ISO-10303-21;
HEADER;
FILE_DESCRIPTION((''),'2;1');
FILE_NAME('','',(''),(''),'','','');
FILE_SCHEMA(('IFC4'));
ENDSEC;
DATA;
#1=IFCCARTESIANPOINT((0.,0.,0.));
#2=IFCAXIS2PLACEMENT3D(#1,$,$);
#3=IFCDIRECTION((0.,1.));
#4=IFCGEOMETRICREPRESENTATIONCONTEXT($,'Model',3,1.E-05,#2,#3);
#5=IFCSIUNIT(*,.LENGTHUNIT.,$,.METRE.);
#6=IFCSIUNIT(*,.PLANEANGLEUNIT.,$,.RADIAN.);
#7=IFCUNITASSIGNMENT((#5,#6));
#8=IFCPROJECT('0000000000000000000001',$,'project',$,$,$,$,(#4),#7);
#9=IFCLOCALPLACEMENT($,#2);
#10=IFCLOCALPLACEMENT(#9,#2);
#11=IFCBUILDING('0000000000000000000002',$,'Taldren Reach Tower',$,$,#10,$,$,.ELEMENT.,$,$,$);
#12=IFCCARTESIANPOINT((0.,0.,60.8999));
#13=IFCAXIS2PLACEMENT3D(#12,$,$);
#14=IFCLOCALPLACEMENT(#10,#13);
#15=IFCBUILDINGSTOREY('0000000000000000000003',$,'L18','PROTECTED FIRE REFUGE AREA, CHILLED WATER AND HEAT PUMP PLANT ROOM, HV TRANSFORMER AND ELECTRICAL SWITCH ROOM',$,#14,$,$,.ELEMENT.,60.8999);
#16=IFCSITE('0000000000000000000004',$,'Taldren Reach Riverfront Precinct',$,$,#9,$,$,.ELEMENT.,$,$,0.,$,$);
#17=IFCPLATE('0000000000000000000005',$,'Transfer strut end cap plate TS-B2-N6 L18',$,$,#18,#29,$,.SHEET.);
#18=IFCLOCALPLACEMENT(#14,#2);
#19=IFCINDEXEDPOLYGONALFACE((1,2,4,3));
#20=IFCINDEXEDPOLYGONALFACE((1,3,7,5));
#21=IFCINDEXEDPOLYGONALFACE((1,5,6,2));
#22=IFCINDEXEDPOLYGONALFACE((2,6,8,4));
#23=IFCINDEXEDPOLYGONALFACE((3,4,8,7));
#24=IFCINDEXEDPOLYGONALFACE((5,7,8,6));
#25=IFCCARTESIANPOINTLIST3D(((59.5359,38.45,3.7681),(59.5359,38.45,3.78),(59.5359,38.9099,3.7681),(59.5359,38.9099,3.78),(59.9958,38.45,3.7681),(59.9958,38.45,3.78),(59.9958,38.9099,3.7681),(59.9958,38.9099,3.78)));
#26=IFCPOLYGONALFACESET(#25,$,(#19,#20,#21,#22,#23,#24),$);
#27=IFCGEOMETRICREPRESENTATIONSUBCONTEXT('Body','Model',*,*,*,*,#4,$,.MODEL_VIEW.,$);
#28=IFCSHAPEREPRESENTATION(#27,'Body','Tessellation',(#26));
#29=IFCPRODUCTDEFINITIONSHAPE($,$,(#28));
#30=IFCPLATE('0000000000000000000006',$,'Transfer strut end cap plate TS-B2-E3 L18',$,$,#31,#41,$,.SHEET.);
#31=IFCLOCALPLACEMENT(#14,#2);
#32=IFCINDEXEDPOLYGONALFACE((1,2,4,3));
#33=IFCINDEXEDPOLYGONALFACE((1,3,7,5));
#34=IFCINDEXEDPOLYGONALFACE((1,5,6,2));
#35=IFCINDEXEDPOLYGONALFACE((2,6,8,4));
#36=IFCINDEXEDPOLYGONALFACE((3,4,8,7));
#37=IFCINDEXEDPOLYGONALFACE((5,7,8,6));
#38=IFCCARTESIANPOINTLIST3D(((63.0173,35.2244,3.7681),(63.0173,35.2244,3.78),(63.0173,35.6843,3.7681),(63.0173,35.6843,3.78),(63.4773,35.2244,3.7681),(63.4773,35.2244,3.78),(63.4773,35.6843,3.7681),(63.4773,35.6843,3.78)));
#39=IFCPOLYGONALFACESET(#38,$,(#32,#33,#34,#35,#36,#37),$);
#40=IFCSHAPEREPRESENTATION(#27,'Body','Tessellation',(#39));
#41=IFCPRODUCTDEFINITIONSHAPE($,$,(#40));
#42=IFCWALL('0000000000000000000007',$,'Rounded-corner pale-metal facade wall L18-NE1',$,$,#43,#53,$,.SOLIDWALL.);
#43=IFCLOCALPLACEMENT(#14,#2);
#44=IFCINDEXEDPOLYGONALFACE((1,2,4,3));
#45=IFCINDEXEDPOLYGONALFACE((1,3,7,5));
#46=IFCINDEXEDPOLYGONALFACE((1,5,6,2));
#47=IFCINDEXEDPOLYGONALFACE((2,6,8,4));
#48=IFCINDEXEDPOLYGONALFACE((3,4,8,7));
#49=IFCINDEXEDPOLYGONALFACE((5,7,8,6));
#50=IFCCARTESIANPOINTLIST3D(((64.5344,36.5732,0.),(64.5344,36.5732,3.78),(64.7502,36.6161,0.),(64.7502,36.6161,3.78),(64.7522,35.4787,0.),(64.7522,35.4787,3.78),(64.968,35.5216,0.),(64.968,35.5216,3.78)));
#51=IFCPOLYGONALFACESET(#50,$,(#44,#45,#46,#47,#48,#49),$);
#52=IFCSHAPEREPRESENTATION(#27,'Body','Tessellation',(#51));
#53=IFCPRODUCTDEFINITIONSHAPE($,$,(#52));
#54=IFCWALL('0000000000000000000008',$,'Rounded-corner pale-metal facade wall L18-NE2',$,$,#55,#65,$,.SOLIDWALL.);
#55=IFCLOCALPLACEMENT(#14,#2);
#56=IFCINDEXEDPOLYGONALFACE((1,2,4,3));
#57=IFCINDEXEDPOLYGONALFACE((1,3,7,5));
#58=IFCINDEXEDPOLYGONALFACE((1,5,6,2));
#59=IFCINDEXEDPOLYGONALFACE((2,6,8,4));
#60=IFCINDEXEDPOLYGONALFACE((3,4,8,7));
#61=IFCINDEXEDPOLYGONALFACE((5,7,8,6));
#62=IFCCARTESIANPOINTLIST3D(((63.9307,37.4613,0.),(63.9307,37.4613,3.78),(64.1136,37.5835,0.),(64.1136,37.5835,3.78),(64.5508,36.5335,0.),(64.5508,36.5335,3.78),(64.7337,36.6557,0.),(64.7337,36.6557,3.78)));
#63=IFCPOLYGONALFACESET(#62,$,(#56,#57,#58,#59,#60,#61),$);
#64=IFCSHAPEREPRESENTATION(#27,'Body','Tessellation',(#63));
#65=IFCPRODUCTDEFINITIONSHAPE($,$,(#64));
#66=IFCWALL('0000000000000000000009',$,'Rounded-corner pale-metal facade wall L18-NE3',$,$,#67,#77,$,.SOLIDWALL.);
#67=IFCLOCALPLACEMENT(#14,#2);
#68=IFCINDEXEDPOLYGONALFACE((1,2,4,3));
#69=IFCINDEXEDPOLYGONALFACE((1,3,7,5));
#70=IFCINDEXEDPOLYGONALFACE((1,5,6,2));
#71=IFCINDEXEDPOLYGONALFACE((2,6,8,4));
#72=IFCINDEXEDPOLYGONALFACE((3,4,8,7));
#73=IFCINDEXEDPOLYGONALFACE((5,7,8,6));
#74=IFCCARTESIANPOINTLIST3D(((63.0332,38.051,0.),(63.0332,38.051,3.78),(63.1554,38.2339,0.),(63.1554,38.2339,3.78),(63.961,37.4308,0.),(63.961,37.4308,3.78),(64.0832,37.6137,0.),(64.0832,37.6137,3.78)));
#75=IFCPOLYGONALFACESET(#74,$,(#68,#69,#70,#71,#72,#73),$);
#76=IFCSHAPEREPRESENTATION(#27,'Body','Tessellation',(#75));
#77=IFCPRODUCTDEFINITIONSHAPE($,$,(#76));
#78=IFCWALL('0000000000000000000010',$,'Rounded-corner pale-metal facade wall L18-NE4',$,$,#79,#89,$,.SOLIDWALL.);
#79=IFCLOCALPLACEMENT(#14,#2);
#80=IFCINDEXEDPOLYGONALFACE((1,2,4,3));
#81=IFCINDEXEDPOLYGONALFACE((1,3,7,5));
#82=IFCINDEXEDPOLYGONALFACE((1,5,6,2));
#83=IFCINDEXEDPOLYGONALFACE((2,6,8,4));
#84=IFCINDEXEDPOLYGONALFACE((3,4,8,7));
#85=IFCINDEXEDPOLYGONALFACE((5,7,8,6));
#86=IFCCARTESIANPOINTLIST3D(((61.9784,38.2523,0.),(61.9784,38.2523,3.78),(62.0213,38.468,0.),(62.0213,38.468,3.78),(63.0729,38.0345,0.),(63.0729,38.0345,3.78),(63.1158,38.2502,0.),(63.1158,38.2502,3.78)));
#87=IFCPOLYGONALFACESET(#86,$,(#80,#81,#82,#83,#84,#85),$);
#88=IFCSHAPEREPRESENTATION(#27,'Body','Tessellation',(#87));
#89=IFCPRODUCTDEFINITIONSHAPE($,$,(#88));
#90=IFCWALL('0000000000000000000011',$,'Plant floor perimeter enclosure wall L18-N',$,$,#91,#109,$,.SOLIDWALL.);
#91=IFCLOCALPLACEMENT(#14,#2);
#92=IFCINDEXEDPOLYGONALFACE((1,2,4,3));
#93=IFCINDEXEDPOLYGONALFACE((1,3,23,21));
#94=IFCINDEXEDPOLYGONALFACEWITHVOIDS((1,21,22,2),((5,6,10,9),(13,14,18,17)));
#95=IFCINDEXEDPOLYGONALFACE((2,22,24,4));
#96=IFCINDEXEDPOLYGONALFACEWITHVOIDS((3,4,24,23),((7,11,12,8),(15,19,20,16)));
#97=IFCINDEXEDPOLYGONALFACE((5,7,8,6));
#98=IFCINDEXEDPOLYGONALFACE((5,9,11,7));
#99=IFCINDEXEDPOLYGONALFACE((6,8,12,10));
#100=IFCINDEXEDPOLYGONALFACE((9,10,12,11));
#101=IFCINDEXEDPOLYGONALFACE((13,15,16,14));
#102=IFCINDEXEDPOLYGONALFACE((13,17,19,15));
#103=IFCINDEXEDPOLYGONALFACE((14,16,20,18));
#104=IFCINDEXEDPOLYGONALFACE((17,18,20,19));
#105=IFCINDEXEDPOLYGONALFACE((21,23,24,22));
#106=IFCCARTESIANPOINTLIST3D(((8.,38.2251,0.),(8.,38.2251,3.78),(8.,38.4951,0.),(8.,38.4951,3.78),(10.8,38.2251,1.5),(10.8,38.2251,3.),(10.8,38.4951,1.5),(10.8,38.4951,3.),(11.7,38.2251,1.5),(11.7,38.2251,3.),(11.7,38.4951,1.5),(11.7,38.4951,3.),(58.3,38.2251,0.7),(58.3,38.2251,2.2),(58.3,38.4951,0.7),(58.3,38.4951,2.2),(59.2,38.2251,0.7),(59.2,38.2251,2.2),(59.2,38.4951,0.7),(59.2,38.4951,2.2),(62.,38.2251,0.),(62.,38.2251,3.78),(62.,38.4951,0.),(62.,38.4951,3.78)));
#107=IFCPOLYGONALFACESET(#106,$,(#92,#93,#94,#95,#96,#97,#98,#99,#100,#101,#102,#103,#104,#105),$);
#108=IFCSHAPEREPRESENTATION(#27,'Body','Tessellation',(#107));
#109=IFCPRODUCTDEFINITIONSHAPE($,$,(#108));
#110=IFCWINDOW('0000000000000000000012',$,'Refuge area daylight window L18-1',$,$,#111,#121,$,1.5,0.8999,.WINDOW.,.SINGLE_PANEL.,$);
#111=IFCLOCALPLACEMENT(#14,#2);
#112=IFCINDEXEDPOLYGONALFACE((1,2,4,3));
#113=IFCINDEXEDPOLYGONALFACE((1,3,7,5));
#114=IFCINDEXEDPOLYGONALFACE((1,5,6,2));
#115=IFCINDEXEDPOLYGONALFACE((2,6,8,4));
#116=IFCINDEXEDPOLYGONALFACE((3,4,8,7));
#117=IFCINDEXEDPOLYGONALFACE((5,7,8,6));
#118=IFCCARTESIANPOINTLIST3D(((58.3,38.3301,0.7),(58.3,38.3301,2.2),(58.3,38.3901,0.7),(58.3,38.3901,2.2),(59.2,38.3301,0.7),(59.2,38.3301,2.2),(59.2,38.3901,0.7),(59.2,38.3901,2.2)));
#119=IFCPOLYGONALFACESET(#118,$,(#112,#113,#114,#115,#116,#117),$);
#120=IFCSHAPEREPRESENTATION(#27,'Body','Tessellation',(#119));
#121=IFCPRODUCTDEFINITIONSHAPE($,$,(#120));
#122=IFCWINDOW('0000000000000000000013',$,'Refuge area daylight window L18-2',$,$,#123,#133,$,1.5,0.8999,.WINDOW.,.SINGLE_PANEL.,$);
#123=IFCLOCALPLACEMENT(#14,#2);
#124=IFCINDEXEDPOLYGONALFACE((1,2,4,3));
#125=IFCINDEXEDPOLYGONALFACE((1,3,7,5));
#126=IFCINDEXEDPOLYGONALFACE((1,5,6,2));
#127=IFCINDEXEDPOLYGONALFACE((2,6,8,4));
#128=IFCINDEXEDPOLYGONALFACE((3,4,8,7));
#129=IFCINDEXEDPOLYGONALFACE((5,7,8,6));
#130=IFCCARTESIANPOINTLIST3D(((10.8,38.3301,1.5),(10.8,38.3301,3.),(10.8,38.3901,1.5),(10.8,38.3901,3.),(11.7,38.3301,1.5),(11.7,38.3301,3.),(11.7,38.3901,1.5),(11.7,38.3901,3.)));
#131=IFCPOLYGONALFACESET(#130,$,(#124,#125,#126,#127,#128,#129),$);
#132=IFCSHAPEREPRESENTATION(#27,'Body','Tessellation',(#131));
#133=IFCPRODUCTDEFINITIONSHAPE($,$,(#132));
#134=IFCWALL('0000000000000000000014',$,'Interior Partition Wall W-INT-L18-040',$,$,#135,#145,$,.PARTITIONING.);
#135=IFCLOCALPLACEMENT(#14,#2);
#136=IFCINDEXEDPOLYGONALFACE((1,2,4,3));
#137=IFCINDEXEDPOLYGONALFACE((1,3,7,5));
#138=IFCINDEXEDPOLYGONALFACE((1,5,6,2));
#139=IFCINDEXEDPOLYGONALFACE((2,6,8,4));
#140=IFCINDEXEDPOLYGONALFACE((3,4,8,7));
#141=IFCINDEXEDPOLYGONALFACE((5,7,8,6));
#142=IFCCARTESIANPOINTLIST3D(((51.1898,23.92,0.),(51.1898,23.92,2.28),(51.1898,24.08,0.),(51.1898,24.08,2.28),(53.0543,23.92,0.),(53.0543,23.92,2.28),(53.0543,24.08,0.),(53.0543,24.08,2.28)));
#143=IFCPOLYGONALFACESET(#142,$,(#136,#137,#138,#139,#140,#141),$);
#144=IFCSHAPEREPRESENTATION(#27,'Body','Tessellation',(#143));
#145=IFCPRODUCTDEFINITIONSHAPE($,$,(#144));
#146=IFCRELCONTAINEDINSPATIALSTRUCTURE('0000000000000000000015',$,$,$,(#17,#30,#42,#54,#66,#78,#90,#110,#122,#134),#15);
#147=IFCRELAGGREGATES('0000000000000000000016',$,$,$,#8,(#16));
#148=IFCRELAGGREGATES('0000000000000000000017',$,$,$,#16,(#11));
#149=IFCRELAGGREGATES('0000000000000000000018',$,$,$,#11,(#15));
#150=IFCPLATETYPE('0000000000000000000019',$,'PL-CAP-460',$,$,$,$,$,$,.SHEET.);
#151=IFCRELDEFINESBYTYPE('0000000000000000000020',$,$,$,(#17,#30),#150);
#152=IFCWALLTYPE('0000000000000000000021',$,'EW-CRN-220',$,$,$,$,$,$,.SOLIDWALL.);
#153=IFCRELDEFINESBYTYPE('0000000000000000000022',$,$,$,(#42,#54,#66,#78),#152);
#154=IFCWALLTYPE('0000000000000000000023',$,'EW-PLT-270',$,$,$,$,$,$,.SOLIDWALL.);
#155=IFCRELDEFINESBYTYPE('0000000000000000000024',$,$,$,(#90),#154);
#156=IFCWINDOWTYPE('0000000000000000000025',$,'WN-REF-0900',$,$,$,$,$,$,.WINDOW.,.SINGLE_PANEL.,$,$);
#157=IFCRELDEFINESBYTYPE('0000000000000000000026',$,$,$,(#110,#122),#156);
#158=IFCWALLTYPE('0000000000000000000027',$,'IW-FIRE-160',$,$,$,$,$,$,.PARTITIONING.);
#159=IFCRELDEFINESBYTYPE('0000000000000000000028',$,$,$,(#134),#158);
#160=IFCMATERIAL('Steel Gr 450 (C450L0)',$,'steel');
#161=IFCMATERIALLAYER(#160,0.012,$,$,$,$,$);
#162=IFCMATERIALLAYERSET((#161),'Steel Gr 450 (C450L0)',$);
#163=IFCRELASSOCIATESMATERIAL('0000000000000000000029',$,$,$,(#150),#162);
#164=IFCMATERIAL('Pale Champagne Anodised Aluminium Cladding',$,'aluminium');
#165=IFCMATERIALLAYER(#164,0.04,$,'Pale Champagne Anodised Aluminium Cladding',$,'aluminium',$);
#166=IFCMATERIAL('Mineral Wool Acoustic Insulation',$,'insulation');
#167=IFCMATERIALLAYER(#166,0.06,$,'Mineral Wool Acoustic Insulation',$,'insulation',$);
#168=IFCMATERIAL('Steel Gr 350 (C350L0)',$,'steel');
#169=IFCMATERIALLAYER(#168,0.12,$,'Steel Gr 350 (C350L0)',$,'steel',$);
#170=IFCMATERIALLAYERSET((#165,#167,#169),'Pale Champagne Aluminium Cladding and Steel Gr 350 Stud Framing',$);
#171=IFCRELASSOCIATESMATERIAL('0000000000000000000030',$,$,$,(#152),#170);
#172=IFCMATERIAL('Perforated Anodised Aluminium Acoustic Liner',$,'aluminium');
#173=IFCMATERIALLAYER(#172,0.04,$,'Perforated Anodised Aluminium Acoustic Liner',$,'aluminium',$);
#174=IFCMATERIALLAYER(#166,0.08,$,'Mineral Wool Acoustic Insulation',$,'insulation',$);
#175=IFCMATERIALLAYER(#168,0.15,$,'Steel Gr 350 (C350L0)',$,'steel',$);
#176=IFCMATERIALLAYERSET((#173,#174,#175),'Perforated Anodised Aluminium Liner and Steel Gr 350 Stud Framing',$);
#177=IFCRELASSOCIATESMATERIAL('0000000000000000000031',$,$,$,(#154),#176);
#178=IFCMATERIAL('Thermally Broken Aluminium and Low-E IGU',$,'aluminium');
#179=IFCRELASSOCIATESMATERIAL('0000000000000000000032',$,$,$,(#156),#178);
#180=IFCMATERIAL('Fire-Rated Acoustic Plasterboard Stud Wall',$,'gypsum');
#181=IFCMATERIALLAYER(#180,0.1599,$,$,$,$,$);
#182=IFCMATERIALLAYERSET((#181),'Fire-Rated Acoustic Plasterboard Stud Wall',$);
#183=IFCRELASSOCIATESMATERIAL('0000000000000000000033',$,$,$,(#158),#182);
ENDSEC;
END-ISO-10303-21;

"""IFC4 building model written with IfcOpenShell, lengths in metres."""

from ifc_helpers import new_model, si_unit, direction, frame, frame_2d, origin, origin_2d, place, context, subcontext, project, spatial, rectangle, extrude, source, transform, mapped, material, layer, layer_set, type_object, element, fill, save


model = new_model("IFC4")

# Units and contexts
model_context = context("Model", 3, precision=1e-05, world=origin(), true_north=direction((0.0, 1.0)))
body_context = subcontext(model_context, "Body", "Model", "MODEL_VIEW")
ifc_project = project(units=[si_unit("LENGTHUNIT", "METRE"), si_unit("PLANEANGLEUNIT", "RADIAN")], contexts=[model_context])

# Site, building, storey
site_placement = place(None, origin())
site = spatial("IfcSite", under=ifc_project, at=site_placement, Name="Taldren Reach Riverfront Precinct", CompositionType="ELEMENT", RefElevation=0.0)
building_placement = place(site_placement, origin())
building = spatial("IfcBuilding", under=site, at=building_placement, Name="Taldren Reach Tower", CompositionType="ELEMENT")
storey_placement = place(building_placement, frame((0.0, 0.0, 60.8999)))
storey = spatial("IfcBuildingStorey", under=building, at=storey_placement, Name="L18", Description="PROTECTED FIRE REFUGE AREA, CHILLED WATER AND HEAT PUMP PLANT ROOM, HV TRANSFORMER AND ELECTRICAL SWITCH ROOM", CompositionType="ELEMENT", Elevation=60.8999)

# Shared definitions
ifc_material_1 = material(Name="Steel Gr 450 (C450L0)", Category="steel")
ifc_material_2 = material(Name="Steel Gr 350 (C350L0)", Category="steel")

# Plates
ifc_layer_1 = layer(ifc_material_1, 0.012)
ifc_layer_set_1 = layer_set([ifc_layer_1], Name="Steel Gr 450 (C450L0)")
plate_type_1 = type_object("IfcPlateType", Name="PL-CAP-460", PredefinedType="SHEET", material=ifc_layer_set_1)
shared_shape_1 = source(origin(), body_context, "Body", "SweptSolid", [
    extrude(rectangle(XDim=0.46, YDim=0.46, at=origin_2d()), origin(), (0.0, 0.0, 1.0), 0.012),
])
for number, where, z_axis, x_axis, name in (
    (1, (59.7659, 38.6799, 3.7681), (0.0, 0.0, 1.0), (1.0, 0.0, 0.0), "Transfer strut end cap plate TS-B2-N6 L18"),
    (2, (63.2473, 35.4543, 3.7681), (0.0, 0.0, 1.0), (1.0, 0.0, 0.0), "Transfer strut end cap plate TS-B2-E3 L18"),
):
    element("IfcPlate", number, at=place(storey_placement, frame(where, z_axis=z_axis, x_axis=x_axis)), inside=storey, type_object=plate_type_1, Name=name, PredefinedType="SHEET", context=body_context, shape_type="MappedRepresentation", body=[
        mapped(shared_shape_1, transform((0.0, 0.0, 0.0), scale=1.0)),
    ])

# Walls
ifc_material_3 = material(Name="Pale Champagne Anodised Aluminium Cladding", Category="aluminium")
ifc_layer_2 = layer(ifc_material_3, 0.04, Name="Pale Champagne Anodised Aluminium Cladding", Category="aluminium")
ifc_material_4 = material(Name="Mineral Wool Acoustic Insulation", Category="insulation")
ifc_layer_3 = layer(ifc_material_4, 0.06, Name="Mineral Wool Acoustic Insulation", Category="insulation")
ifc_layer_4 = layer(ifc_material_2, 0.12, Name="Steel Gr 350 (C350L0)", Category="steel")
ifc_layer_set_2 = layer_set([ifc_layer_2, ifc_layer_3, ifc_layer_4], Name="Pale Champagne Aluminium Cladding and Steel Gr 350 Stud Framing")
wall_type_1 = type_object("IfcWallType", Name="EW-CRN-220", PredefinedType="SOLIDWALL", material=ifc_layer_set_2)
shared_shape_2 = source(origin(), body_context, "Body", "SweptSolid", [
    extrude(rectangle(XDim=1.116, YDim=0.22, at=frame_2d((0.5581, 0.0))), origin(), (0.0, 0.0, 1.0), 3.78),
])
for number, where, z_axis, x_axis, name in (
    (3, (64.8601, 35.5, 0.0), (0.0, 0.0, 1.0), (-0.195148, 0.980774, 0.0), "Rounded-corner pale-metal facade wall L18-NE1"),
    (4, (64.6423, 36.5945, 0.0), (0.0, 0.0, 1.0), (-0.55571, 0.831377, 0.0), "Rounded-corner pale-metal facade wall L18-NE2"),
    (5, (64.0222, 37.5222, 0.0), (0.0, 0.0, 1.0), (-0.831377, 0.55571, 0.0), "Rounded-corner pale-metal facade wall L18-NE3"),
    (6, (63.0945, 38.1423, 0.0), (0.0, 0.0, 1.0), (-0.980774, 0.195148, 0.0), "Rounded-corner pale-metal facade wall L18-NE4"),
):
    element("IfcWall", number, at=place(storey_placement, frame(where, z_axis=z_axis, x_axis=x_axis)), inside=storey, type_object=wall_type_1, Name=name, PredefinedType="SOLIDWALL", context=body_context, shape_type="MappedRepresentation", body=[
        mapped(shared_shape_2, transform((0.0, 0.0, 0.0), scale=1.0)),
    ])

# Wall, openings, windows
ifc_material_5 = material(Name="Perforated Anodised Aluminium Acoustic Liner", Category="aluminium")
ifc_layer_5 = layer(ifc_material_5, 0.04, Name="Perforated Anodised Aluminium Acoustic Liner", Category="aluminium")
ifc_layer_6 = layer(ifc_material_4, 0.08, Name="Mineral Wool Acoustic Insulation", Category="insulation")
ifc_layer_7 = layer(ifc_material_2, 0.15, Name="Steel Gr 350 (C350L0)", Category="steel")
ifc_layer_set_3 = layer_set([ifc_layer_5, ifc_layer_6, ifc_layer_7], Name="Perforated Anodised Aluminium Liner and Steel Gr 350 Stud Framing")
wall_type_2 = type_object("IfcWallType", Name="EW-PLT-270", PredefinedType="SOLIDWALL", material=ifc_layer_set_3)
shared_shape_3 = source(origin(), body_context, "Body", "SweptSolid", [
    extrude(rectangle(XDim=54.0, YDim=0.27, at=frame_2d((27.0, 0.0))), origin(), (0.0, 0.0, 1.0), 3.78),
])
wall_1_placement = place(storey_placement, frame((62.0, 38.3601, 0.0), z_axis=(0.0, 0.0, 1.0), x_axis=(-1.0, 0.0, 0.0)))
wall_1 = element("IfcWall", 7, at=wall_1_placement, inside=storey, type_object=wall_type_2, Name="Plant floor perimeter enclosure wall L18-N", PredefinedType="SOLIDWALL", context=body_context, shape_type="MappedRepresentation", body=[
    mapped(shared_shape_3, transform((0.0, 0.0, 0.0), scale=1.0)),
])
shared_shape_4 = source(origin(), body_context, "Body", "SweptSolid", [
    extrude(rectangle(XDim=0.8999, YDim=1.5, at=frame_2d((0.45, 0.75))), frame((0.0, 0.145, 0.0), z_axis=(0.0, -1.0, 0.0), x_axis=(1.0, 0.0, 0.0)), (0.0, 0.0, 1.0), 0.29),
])
opening_1_placement = place(wall_1_placement, frame((2.8, 0.0, 0.7)))
opening_1 = element("IfcOpeningElement", 8, at=opening_1_placement, cuts=wall_1, PredefinedType="OPENING", context=body_context, shape_type="MappedRepresentation", body=[
    mapped(shared_shape_4, transform((0.0, 0.0, 0.0), scale=1.0)),
])
opening_2_placement = place(wall_1_placement, frame((50.3, 0.0, 1.5)))
opening_2 = element("IfcOpeningElement", 9, at=opening_2_placement, cuts=wall_1, PredefinedType="OPENING", context=body_context, shape_type="MappedRepresentation", body=[
    mapped(shared_shape_4, transform((0.0, 0.0, 0.0), scale=1.0)),
])
ifc_material_6 = material(Name="Thermally Broken Aluminium and Low-E IGU", Category="aluminium")
window_type = type_object("IfcWindowType", Name="WN-REF-0900", PartitioningType="SINGLE_PANEL", PredefinedType="WINDOW", material=ifc_material_6)
shared_shape_5 = source(origin(), body_context, "Body", "SweptSolid", [
    extrude(rectangle(XDim=0.8999, YDim=1.5, at=frame_2d((0.45, 0.75))), frame((0.0, 0.03, 0.0), z_axis=(0.0, -1.0, 0.0), x_axis=(1.0, 0.0, 0.0)), (0.0, 0.0, 1.0), 0.0601),
])
window_1_placement = place(opening_1_placement, origin())
window_1 = element("IfcWindow", 10, at=window_1_placement, inside=storey, type_object=window_type, Name="Refuge area daylight window L18-1", OverallHeight=1.5, OverallWidth=0.8999, PartitioningType="SINGLE_PANEL", PredefinedType="WINDOW", context=body_context, shape_type="MappedRepresentation", body=[
    mapped(shared_shape_5, transform((0.0, 0.0, 0.0), scale=1.0)),
])
fill(opening_1, window_1)
window_2_placement = place(opening_2_placement, origin())
window_2 = element("IfcWindow", 11, at=window_2_placement, inside=storey, type_object=window_type, Name="Refuge area daylight window L18-2", OverallHeight=1.5, OverallWidth=0.8999, PartitioningType="SINGLE_PANEL", PredefinedType="WINDOW", context=body_context, shape_type="MappedRepresentation", body=[
    mapped(shared_shape_5, transform((0.0, 0.0, 0.0), scale=1.0)),
])
fill(opening_2, window_2)

# Wall
ifc_material_7 = material(Name="Fire-Rated Acoustic Plasterboard Stud Wall", Category="gypsum")
ifc_layer_8 = layer(ifc_material_7, 0.1599)
ifc_layer_set_4 = layer_set([ifc_layer_8], Name="Fire-Rated Acoustic Plasterboard Stud Wall")
wall_type_3 = type_object("IfcWallType", Name="IW-FIRE-160", PredefinedType="PARTITIONING", material=ifc_layer_set_4)
shared_shape_6 = source(origin(), body_context, "Body", "SweptSolid", [
    extrude(rectangle(XDim=1.8645, YDim=0.1599, at=frame_2d((0.9321, 0.0))), origin(), (0.0, 0.0, 1.0), 2.28),
])
wall_2_placement = place(storey_placement, frame((51.1899, 24.0, 0.0), z_axis=(0.0, 0.0, 1.0), x_axis=(1.0, 0.0, 0.0)))
element("IfcWall", 12, at=wall_2_placement, inside=storey, type_object=wall_type_3, Name="Interior Partition Wall W-INT-L18-040", PredefinedType="PARTITIONING", context=body_context, shape_type="MappedRepresentation", body=[
    mapped(shared_shape_6, transform((0.0, 0.0, 0.0), scale=1.0)),
])

save(model, "model.ifc")
